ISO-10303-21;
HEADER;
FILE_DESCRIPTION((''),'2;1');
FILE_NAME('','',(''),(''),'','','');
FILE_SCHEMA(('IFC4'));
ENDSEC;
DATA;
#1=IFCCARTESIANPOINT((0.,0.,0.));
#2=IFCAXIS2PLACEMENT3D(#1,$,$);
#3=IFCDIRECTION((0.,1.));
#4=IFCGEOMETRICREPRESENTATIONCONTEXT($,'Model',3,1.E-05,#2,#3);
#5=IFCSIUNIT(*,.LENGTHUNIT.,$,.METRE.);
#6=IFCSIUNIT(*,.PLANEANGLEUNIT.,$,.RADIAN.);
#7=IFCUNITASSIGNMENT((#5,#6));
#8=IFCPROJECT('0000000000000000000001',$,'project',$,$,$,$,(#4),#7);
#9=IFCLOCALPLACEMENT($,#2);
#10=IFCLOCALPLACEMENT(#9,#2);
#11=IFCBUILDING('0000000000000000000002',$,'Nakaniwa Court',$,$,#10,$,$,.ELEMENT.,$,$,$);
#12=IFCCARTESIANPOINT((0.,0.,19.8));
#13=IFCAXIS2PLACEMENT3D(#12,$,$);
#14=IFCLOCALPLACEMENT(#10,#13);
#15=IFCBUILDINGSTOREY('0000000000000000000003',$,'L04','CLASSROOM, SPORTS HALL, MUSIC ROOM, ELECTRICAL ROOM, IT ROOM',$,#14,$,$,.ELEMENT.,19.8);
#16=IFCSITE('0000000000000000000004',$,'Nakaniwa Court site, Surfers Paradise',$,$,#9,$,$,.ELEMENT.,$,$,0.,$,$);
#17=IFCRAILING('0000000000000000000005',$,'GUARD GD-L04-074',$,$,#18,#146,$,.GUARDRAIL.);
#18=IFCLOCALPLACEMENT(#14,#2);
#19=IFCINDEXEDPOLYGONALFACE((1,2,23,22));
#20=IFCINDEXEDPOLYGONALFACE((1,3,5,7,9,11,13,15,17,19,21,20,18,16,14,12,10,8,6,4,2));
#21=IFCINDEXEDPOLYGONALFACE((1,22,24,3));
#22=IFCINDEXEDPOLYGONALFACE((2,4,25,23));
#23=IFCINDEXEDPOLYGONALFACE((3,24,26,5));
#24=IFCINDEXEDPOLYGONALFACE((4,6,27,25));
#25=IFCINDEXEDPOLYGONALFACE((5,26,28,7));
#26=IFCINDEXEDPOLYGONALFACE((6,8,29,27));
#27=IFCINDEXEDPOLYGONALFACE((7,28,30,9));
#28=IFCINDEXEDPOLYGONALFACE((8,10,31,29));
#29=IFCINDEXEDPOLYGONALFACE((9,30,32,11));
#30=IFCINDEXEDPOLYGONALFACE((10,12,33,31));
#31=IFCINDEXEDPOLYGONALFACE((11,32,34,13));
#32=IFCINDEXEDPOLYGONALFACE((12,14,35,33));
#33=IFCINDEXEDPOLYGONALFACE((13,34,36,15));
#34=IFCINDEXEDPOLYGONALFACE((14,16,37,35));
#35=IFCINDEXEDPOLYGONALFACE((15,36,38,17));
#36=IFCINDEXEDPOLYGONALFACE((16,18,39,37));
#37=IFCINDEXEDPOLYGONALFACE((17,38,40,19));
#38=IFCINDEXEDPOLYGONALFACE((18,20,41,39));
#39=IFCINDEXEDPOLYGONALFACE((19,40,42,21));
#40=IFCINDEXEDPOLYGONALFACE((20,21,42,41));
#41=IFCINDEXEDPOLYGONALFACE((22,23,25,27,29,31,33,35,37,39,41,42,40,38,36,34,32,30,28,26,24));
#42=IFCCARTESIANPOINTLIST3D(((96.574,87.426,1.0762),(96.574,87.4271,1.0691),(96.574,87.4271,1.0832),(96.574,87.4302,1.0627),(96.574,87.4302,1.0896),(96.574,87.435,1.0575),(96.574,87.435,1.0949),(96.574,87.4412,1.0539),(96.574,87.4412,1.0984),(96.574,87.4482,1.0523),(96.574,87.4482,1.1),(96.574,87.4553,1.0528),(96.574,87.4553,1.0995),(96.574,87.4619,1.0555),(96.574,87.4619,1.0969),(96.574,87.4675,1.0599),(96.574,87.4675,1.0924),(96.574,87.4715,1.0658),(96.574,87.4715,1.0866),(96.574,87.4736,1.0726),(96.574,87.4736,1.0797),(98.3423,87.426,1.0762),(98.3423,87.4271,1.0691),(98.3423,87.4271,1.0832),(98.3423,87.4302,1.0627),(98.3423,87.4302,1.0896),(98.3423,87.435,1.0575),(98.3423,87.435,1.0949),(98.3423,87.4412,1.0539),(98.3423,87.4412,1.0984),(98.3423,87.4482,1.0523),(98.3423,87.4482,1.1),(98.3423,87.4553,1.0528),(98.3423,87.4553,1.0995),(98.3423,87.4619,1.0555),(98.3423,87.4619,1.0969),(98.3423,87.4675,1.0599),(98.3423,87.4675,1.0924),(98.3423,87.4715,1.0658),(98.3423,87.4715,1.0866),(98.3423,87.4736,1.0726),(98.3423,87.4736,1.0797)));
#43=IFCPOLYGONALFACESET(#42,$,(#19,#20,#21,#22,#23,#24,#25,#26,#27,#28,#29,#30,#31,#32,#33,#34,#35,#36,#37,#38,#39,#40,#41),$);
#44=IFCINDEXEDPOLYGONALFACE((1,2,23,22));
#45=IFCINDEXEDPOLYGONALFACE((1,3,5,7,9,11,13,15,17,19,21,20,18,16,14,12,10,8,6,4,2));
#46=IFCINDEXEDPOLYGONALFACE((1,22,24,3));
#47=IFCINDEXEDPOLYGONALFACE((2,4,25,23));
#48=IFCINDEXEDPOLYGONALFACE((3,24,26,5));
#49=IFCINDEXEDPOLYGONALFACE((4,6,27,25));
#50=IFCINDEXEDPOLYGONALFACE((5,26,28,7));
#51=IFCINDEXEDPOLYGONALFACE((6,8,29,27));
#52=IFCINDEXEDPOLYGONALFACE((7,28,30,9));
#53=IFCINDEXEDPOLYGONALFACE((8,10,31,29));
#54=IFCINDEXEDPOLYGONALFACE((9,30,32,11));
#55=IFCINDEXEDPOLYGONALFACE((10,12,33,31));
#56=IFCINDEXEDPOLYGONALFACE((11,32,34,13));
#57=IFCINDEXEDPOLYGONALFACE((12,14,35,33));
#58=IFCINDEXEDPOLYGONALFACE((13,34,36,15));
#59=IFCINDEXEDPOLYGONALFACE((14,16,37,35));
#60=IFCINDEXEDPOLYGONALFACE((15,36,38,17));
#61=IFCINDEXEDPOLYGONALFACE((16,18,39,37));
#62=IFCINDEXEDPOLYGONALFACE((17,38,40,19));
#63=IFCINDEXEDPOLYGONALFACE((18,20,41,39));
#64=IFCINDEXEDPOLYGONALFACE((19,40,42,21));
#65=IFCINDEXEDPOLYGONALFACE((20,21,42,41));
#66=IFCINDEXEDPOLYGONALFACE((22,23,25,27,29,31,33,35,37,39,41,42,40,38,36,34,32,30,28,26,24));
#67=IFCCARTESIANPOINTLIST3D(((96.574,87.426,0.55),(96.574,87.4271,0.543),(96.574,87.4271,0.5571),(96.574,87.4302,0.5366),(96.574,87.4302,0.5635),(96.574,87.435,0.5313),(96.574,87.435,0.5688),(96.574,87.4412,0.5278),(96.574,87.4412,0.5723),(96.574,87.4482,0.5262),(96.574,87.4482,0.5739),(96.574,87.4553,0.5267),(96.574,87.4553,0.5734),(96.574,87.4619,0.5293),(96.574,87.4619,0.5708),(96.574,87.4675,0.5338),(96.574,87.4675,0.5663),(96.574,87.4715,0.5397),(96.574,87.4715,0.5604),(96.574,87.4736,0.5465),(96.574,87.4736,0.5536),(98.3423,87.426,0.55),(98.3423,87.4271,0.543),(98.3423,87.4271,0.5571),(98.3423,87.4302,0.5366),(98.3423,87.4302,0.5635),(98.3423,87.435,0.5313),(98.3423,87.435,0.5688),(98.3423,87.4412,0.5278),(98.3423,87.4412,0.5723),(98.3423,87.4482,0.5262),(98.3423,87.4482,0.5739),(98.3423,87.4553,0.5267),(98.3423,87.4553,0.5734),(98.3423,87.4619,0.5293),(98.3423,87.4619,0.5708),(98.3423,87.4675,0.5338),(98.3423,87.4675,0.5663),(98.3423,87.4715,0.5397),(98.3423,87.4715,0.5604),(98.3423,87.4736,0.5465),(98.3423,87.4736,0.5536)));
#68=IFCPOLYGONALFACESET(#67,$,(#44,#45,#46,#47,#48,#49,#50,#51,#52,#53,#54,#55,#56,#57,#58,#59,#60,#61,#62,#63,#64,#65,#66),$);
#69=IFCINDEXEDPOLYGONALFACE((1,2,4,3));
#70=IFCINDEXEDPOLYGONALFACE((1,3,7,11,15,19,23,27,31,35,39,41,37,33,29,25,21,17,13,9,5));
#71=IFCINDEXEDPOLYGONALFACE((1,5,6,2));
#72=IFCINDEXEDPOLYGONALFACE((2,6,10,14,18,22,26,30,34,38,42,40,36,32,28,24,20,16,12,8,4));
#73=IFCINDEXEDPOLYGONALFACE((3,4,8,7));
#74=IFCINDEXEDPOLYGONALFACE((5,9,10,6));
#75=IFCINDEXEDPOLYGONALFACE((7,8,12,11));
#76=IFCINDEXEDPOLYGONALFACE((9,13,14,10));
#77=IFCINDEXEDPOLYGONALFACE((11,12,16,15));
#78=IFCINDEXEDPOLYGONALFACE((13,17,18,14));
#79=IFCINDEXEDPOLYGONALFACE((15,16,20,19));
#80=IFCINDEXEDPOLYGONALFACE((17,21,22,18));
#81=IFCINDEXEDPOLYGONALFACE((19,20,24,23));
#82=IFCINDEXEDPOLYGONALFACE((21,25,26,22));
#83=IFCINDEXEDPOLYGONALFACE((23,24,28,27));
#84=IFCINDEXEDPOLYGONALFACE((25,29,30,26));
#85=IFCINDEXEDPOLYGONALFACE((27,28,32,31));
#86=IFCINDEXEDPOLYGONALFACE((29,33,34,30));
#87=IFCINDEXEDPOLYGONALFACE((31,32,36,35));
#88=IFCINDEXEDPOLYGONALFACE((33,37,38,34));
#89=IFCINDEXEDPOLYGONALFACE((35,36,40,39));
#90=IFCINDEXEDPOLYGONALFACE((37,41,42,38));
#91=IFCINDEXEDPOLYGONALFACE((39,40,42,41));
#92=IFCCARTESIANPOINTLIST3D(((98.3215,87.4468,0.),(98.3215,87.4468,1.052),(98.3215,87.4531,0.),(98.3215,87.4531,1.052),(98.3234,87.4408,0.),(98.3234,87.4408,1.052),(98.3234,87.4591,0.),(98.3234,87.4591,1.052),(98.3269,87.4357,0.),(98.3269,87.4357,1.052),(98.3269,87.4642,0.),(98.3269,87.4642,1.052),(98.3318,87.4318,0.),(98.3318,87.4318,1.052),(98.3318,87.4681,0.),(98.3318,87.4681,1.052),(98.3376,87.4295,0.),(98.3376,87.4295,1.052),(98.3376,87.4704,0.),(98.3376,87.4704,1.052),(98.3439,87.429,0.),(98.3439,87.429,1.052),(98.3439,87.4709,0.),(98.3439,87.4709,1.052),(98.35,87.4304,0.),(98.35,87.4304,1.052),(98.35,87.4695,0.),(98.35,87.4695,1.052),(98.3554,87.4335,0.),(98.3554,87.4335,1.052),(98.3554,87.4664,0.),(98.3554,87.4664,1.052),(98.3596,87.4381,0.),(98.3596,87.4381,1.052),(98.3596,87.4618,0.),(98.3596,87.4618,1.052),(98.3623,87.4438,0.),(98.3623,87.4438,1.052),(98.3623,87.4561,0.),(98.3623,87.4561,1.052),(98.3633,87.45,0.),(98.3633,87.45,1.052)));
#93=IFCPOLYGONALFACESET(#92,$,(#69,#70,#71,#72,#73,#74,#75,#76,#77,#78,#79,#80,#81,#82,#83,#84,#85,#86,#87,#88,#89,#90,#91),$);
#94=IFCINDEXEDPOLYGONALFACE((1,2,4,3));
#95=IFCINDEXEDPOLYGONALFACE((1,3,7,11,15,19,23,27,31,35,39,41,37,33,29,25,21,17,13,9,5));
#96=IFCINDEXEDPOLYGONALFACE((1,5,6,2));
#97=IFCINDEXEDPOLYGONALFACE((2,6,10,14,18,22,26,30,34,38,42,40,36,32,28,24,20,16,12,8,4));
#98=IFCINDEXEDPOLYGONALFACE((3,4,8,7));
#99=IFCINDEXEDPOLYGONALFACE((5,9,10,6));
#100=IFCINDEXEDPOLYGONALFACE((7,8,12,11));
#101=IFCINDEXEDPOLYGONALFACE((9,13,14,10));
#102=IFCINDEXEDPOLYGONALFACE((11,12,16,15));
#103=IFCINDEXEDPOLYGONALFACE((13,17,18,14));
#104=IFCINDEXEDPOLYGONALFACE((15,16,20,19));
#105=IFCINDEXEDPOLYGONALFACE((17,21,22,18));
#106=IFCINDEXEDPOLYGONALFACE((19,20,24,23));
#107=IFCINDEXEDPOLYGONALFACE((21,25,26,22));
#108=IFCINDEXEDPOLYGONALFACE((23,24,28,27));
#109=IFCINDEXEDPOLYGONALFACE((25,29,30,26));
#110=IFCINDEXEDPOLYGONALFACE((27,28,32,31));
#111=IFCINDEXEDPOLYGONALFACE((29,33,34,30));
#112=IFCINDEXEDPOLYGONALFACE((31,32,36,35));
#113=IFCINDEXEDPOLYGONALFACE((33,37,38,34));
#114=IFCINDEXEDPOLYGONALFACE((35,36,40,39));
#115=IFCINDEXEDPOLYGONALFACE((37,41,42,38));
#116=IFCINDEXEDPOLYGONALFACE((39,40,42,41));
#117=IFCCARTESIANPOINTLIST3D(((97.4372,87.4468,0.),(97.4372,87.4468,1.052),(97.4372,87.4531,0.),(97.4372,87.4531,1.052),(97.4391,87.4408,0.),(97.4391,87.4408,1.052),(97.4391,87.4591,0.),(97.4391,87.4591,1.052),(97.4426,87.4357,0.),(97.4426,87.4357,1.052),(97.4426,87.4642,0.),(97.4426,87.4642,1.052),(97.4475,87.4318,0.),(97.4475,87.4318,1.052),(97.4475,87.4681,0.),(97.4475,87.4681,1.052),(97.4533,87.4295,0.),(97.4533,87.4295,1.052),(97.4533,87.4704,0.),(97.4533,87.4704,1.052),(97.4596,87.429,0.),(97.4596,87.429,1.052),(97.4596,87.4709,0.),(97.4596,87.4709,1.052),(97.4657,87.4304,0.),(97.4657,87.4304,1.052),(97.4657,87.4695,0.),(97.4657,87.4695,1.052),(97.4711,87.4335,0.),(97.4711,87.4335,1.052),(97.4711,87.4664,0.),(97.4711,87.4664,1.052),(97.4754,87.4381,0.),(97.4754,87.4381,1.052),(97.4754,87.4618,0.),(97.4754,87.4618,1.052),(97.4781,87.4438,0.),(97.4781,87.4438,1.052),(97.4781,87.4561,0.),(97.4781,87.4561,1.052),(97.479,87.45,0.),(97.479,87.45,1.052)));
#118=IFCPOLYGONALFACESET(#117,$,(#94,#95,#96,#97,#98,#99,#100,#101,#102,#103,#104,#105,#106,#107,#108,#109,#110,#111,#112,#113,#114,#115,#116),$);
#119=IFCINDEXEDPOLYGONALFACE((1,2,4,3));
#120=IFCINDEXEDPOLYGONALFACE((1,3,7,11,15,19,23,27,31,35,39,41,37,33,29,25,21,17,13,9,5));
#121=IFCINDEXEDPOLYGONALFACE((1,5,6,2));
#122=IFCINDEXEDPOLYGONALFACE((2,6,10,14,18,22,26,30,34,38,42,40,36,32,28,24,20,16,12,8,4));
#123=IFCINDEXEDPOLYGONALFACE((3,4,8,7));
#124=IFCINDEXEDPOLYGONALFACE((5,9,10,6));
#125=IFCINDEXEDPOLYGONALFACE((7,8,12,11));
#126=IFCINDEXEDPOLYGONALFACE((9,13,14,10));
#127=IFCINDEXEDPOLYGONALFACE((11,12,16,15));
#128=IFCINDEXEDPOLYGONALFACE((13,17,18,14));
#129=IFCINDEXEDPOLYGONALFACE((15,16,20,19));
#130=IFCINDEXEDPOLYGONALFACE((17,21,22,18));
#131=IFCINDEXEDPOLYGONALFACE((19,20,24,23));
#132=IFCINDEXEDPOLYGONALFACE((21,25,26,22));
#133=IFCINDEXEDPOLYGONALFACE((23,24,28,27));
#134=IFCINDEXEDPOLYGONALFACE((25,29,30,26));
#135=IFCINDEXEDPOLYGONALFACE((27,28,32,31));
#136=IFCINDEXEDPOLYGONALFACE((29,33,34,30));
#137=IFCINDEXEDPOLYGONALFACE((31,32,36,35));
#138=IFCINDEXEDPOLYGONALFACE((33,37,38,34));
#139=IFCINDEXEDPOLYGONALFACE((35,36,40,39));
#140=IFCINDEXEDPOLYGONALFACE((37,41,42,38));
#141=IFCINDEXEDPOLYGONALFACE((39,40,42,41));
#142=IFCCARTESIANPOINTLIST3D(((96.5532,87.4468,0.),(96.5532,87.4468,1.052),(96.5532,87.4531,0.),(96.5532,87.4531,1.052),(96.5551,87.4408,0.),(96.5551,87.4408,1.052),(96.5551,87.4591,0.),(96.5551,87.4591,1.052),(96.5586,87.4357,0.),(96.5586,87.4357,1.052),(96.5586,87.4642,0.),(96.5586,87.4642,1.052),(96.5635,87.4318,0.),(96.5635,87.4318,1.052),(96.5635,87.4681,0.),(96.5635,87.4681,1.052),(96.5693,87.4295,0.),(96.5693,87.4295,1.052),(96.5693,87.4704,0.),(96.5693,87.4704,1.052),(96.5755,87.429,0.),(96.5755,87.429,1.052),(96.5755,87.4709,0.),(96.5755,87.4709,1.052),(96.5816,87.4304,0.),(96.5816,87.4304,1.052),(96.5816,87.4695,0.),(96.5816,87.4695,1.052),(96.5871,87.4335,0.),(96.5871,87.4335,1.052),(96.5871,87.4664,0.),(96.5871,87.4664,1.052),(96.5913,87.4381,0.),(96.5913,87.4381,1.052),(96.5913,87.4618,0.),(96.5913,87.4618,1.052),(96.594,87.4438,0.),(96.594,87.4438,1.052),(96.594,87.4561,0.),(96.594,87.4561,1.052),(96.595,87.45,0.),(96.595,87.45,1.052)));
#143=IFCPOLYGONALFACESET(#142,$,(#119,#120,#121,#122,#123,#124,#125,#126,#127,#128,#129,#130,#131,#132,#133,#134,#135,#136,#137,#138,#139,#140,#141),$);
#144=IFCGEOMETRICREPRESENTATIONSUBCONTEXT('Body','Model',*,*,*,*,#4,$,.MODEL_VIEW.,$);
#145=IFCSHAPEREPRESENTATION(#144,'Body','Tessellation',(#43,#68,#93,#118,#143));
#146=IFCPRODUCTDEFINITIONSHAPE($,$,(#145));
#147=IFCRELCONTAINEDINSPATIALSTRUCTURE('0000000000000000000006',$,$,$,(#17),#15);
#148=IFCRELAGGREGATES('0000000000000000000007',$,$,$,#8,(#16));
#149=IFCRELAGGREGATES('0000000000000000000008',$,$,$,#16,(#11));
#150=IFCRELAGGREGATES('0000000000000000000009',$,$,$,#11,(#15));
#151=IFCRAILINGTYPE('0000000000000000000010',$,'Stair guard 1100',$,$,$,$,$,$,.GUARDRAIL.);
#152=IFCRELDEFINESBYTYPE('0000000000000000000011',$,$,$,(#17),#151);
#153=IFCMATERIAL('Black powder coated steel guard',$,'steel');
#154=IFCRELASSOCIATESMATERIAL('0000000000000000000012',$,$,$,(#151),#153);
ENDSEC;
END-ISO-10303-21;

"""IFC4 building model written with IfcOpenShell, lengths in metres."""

from ifc_helpers import new_model, si_unit, direction, frame, origin, origin_2d, place, context, subcontext, project, spatial, circle, extrude, material, type_object, element, save


model = new_model("IFC4")

# Units and contexts
model_context = context("Model", 3, precision=1e-05, world=origin(), true_north=direction((0.0, 1.0)))
body_context = subcontext(model_context, "Body", "Model", "MODEL_VIEW")
ifc_project = project(units=[si_unit("LENGTHUNIT", "METRE"), si_unit("PLANEANGLEUNIT", "RADIAN")], contexts=[model_context])

# Site, building, storey
site_placement = place(None, origin())
site = spatial("IfcSite", under=ifc_project, at=site_placement, Name="Nakaniwa Court site, Surfers Paradise", CompositionType="ELEMENT", RefElevation=0.0)
building_placement = place(site_placement, origin())
building = spatial("IfcBuilding", under=site, at=building_placement, Name="Nakaniwa Court", CompositionType="ELEMENT")
storey_placement = place(building_placement, frame((0.0, 0.0, 19.8)))
storey = spatial("IfcBuildingStorey", under=building, at=storey_placement, Name="L04", Description="CLASSROOM, SPORTS HALL, MUSIC ROOM, ELECTRICAL ROOM, IT ROOM", CompositionType="ELEMENT", Elevation=19.8)

# Railing
ifc_material_1 = material(Name="Black powder coated steel guard", Category="steel")
railing_type = type_object("IfcRailingType", Name="Stair guard 1100", PredefinedType="GUARDRAIL", material=ifc_material_1)
railing_1_placement = place(storey_placement, frame((98.3423, 87.45, 0.0)))
element("IfcRailing", 1, at=railing_1_placement, inside=storey, type_object=railing_type, Name="GUARD GD-L04-074", PredefinedType="GUARDRAIL", context=body_context, shape_type="SweptSolid", body=[
    extrude(circle(Radius=0.0239, at=origin_2d()), frame((0.0, 0.0, 1.0762), z_axis=(-1.0, 0.0, 0.0), x_axis=(0.0, -1.0, 0.0)), (0.0, 0.0, 1.0), 1.7683),
    extrude(circle(Radius=0.0239, at=origin_2d()), frame((0.0, 0.0, 0.55), z_axis=(-1.0, 0.0, 0.0), x_axis=(0.0, -1.0, 0.0)), (0.0, 0.0, 1.0), 1.7683),
    extrude(circle(Radius=0.021, at=origin_2d()), origin(), (0.0, 0.0, 1.0), 1.052),
    extrude(circle(Radius=0.021, at=origin_2d()), frame((-0.8843, 0.0, 0.0)), (0.0, 0.0, 1.0), 1.052),
    extrude(circle(Radius=0.021, at=origin_2d()), frame((-1.7683, 0.0, 0.0)), (0.0, 0.0, 1.0), 1.052),
])

save(model, "model.ifc")
